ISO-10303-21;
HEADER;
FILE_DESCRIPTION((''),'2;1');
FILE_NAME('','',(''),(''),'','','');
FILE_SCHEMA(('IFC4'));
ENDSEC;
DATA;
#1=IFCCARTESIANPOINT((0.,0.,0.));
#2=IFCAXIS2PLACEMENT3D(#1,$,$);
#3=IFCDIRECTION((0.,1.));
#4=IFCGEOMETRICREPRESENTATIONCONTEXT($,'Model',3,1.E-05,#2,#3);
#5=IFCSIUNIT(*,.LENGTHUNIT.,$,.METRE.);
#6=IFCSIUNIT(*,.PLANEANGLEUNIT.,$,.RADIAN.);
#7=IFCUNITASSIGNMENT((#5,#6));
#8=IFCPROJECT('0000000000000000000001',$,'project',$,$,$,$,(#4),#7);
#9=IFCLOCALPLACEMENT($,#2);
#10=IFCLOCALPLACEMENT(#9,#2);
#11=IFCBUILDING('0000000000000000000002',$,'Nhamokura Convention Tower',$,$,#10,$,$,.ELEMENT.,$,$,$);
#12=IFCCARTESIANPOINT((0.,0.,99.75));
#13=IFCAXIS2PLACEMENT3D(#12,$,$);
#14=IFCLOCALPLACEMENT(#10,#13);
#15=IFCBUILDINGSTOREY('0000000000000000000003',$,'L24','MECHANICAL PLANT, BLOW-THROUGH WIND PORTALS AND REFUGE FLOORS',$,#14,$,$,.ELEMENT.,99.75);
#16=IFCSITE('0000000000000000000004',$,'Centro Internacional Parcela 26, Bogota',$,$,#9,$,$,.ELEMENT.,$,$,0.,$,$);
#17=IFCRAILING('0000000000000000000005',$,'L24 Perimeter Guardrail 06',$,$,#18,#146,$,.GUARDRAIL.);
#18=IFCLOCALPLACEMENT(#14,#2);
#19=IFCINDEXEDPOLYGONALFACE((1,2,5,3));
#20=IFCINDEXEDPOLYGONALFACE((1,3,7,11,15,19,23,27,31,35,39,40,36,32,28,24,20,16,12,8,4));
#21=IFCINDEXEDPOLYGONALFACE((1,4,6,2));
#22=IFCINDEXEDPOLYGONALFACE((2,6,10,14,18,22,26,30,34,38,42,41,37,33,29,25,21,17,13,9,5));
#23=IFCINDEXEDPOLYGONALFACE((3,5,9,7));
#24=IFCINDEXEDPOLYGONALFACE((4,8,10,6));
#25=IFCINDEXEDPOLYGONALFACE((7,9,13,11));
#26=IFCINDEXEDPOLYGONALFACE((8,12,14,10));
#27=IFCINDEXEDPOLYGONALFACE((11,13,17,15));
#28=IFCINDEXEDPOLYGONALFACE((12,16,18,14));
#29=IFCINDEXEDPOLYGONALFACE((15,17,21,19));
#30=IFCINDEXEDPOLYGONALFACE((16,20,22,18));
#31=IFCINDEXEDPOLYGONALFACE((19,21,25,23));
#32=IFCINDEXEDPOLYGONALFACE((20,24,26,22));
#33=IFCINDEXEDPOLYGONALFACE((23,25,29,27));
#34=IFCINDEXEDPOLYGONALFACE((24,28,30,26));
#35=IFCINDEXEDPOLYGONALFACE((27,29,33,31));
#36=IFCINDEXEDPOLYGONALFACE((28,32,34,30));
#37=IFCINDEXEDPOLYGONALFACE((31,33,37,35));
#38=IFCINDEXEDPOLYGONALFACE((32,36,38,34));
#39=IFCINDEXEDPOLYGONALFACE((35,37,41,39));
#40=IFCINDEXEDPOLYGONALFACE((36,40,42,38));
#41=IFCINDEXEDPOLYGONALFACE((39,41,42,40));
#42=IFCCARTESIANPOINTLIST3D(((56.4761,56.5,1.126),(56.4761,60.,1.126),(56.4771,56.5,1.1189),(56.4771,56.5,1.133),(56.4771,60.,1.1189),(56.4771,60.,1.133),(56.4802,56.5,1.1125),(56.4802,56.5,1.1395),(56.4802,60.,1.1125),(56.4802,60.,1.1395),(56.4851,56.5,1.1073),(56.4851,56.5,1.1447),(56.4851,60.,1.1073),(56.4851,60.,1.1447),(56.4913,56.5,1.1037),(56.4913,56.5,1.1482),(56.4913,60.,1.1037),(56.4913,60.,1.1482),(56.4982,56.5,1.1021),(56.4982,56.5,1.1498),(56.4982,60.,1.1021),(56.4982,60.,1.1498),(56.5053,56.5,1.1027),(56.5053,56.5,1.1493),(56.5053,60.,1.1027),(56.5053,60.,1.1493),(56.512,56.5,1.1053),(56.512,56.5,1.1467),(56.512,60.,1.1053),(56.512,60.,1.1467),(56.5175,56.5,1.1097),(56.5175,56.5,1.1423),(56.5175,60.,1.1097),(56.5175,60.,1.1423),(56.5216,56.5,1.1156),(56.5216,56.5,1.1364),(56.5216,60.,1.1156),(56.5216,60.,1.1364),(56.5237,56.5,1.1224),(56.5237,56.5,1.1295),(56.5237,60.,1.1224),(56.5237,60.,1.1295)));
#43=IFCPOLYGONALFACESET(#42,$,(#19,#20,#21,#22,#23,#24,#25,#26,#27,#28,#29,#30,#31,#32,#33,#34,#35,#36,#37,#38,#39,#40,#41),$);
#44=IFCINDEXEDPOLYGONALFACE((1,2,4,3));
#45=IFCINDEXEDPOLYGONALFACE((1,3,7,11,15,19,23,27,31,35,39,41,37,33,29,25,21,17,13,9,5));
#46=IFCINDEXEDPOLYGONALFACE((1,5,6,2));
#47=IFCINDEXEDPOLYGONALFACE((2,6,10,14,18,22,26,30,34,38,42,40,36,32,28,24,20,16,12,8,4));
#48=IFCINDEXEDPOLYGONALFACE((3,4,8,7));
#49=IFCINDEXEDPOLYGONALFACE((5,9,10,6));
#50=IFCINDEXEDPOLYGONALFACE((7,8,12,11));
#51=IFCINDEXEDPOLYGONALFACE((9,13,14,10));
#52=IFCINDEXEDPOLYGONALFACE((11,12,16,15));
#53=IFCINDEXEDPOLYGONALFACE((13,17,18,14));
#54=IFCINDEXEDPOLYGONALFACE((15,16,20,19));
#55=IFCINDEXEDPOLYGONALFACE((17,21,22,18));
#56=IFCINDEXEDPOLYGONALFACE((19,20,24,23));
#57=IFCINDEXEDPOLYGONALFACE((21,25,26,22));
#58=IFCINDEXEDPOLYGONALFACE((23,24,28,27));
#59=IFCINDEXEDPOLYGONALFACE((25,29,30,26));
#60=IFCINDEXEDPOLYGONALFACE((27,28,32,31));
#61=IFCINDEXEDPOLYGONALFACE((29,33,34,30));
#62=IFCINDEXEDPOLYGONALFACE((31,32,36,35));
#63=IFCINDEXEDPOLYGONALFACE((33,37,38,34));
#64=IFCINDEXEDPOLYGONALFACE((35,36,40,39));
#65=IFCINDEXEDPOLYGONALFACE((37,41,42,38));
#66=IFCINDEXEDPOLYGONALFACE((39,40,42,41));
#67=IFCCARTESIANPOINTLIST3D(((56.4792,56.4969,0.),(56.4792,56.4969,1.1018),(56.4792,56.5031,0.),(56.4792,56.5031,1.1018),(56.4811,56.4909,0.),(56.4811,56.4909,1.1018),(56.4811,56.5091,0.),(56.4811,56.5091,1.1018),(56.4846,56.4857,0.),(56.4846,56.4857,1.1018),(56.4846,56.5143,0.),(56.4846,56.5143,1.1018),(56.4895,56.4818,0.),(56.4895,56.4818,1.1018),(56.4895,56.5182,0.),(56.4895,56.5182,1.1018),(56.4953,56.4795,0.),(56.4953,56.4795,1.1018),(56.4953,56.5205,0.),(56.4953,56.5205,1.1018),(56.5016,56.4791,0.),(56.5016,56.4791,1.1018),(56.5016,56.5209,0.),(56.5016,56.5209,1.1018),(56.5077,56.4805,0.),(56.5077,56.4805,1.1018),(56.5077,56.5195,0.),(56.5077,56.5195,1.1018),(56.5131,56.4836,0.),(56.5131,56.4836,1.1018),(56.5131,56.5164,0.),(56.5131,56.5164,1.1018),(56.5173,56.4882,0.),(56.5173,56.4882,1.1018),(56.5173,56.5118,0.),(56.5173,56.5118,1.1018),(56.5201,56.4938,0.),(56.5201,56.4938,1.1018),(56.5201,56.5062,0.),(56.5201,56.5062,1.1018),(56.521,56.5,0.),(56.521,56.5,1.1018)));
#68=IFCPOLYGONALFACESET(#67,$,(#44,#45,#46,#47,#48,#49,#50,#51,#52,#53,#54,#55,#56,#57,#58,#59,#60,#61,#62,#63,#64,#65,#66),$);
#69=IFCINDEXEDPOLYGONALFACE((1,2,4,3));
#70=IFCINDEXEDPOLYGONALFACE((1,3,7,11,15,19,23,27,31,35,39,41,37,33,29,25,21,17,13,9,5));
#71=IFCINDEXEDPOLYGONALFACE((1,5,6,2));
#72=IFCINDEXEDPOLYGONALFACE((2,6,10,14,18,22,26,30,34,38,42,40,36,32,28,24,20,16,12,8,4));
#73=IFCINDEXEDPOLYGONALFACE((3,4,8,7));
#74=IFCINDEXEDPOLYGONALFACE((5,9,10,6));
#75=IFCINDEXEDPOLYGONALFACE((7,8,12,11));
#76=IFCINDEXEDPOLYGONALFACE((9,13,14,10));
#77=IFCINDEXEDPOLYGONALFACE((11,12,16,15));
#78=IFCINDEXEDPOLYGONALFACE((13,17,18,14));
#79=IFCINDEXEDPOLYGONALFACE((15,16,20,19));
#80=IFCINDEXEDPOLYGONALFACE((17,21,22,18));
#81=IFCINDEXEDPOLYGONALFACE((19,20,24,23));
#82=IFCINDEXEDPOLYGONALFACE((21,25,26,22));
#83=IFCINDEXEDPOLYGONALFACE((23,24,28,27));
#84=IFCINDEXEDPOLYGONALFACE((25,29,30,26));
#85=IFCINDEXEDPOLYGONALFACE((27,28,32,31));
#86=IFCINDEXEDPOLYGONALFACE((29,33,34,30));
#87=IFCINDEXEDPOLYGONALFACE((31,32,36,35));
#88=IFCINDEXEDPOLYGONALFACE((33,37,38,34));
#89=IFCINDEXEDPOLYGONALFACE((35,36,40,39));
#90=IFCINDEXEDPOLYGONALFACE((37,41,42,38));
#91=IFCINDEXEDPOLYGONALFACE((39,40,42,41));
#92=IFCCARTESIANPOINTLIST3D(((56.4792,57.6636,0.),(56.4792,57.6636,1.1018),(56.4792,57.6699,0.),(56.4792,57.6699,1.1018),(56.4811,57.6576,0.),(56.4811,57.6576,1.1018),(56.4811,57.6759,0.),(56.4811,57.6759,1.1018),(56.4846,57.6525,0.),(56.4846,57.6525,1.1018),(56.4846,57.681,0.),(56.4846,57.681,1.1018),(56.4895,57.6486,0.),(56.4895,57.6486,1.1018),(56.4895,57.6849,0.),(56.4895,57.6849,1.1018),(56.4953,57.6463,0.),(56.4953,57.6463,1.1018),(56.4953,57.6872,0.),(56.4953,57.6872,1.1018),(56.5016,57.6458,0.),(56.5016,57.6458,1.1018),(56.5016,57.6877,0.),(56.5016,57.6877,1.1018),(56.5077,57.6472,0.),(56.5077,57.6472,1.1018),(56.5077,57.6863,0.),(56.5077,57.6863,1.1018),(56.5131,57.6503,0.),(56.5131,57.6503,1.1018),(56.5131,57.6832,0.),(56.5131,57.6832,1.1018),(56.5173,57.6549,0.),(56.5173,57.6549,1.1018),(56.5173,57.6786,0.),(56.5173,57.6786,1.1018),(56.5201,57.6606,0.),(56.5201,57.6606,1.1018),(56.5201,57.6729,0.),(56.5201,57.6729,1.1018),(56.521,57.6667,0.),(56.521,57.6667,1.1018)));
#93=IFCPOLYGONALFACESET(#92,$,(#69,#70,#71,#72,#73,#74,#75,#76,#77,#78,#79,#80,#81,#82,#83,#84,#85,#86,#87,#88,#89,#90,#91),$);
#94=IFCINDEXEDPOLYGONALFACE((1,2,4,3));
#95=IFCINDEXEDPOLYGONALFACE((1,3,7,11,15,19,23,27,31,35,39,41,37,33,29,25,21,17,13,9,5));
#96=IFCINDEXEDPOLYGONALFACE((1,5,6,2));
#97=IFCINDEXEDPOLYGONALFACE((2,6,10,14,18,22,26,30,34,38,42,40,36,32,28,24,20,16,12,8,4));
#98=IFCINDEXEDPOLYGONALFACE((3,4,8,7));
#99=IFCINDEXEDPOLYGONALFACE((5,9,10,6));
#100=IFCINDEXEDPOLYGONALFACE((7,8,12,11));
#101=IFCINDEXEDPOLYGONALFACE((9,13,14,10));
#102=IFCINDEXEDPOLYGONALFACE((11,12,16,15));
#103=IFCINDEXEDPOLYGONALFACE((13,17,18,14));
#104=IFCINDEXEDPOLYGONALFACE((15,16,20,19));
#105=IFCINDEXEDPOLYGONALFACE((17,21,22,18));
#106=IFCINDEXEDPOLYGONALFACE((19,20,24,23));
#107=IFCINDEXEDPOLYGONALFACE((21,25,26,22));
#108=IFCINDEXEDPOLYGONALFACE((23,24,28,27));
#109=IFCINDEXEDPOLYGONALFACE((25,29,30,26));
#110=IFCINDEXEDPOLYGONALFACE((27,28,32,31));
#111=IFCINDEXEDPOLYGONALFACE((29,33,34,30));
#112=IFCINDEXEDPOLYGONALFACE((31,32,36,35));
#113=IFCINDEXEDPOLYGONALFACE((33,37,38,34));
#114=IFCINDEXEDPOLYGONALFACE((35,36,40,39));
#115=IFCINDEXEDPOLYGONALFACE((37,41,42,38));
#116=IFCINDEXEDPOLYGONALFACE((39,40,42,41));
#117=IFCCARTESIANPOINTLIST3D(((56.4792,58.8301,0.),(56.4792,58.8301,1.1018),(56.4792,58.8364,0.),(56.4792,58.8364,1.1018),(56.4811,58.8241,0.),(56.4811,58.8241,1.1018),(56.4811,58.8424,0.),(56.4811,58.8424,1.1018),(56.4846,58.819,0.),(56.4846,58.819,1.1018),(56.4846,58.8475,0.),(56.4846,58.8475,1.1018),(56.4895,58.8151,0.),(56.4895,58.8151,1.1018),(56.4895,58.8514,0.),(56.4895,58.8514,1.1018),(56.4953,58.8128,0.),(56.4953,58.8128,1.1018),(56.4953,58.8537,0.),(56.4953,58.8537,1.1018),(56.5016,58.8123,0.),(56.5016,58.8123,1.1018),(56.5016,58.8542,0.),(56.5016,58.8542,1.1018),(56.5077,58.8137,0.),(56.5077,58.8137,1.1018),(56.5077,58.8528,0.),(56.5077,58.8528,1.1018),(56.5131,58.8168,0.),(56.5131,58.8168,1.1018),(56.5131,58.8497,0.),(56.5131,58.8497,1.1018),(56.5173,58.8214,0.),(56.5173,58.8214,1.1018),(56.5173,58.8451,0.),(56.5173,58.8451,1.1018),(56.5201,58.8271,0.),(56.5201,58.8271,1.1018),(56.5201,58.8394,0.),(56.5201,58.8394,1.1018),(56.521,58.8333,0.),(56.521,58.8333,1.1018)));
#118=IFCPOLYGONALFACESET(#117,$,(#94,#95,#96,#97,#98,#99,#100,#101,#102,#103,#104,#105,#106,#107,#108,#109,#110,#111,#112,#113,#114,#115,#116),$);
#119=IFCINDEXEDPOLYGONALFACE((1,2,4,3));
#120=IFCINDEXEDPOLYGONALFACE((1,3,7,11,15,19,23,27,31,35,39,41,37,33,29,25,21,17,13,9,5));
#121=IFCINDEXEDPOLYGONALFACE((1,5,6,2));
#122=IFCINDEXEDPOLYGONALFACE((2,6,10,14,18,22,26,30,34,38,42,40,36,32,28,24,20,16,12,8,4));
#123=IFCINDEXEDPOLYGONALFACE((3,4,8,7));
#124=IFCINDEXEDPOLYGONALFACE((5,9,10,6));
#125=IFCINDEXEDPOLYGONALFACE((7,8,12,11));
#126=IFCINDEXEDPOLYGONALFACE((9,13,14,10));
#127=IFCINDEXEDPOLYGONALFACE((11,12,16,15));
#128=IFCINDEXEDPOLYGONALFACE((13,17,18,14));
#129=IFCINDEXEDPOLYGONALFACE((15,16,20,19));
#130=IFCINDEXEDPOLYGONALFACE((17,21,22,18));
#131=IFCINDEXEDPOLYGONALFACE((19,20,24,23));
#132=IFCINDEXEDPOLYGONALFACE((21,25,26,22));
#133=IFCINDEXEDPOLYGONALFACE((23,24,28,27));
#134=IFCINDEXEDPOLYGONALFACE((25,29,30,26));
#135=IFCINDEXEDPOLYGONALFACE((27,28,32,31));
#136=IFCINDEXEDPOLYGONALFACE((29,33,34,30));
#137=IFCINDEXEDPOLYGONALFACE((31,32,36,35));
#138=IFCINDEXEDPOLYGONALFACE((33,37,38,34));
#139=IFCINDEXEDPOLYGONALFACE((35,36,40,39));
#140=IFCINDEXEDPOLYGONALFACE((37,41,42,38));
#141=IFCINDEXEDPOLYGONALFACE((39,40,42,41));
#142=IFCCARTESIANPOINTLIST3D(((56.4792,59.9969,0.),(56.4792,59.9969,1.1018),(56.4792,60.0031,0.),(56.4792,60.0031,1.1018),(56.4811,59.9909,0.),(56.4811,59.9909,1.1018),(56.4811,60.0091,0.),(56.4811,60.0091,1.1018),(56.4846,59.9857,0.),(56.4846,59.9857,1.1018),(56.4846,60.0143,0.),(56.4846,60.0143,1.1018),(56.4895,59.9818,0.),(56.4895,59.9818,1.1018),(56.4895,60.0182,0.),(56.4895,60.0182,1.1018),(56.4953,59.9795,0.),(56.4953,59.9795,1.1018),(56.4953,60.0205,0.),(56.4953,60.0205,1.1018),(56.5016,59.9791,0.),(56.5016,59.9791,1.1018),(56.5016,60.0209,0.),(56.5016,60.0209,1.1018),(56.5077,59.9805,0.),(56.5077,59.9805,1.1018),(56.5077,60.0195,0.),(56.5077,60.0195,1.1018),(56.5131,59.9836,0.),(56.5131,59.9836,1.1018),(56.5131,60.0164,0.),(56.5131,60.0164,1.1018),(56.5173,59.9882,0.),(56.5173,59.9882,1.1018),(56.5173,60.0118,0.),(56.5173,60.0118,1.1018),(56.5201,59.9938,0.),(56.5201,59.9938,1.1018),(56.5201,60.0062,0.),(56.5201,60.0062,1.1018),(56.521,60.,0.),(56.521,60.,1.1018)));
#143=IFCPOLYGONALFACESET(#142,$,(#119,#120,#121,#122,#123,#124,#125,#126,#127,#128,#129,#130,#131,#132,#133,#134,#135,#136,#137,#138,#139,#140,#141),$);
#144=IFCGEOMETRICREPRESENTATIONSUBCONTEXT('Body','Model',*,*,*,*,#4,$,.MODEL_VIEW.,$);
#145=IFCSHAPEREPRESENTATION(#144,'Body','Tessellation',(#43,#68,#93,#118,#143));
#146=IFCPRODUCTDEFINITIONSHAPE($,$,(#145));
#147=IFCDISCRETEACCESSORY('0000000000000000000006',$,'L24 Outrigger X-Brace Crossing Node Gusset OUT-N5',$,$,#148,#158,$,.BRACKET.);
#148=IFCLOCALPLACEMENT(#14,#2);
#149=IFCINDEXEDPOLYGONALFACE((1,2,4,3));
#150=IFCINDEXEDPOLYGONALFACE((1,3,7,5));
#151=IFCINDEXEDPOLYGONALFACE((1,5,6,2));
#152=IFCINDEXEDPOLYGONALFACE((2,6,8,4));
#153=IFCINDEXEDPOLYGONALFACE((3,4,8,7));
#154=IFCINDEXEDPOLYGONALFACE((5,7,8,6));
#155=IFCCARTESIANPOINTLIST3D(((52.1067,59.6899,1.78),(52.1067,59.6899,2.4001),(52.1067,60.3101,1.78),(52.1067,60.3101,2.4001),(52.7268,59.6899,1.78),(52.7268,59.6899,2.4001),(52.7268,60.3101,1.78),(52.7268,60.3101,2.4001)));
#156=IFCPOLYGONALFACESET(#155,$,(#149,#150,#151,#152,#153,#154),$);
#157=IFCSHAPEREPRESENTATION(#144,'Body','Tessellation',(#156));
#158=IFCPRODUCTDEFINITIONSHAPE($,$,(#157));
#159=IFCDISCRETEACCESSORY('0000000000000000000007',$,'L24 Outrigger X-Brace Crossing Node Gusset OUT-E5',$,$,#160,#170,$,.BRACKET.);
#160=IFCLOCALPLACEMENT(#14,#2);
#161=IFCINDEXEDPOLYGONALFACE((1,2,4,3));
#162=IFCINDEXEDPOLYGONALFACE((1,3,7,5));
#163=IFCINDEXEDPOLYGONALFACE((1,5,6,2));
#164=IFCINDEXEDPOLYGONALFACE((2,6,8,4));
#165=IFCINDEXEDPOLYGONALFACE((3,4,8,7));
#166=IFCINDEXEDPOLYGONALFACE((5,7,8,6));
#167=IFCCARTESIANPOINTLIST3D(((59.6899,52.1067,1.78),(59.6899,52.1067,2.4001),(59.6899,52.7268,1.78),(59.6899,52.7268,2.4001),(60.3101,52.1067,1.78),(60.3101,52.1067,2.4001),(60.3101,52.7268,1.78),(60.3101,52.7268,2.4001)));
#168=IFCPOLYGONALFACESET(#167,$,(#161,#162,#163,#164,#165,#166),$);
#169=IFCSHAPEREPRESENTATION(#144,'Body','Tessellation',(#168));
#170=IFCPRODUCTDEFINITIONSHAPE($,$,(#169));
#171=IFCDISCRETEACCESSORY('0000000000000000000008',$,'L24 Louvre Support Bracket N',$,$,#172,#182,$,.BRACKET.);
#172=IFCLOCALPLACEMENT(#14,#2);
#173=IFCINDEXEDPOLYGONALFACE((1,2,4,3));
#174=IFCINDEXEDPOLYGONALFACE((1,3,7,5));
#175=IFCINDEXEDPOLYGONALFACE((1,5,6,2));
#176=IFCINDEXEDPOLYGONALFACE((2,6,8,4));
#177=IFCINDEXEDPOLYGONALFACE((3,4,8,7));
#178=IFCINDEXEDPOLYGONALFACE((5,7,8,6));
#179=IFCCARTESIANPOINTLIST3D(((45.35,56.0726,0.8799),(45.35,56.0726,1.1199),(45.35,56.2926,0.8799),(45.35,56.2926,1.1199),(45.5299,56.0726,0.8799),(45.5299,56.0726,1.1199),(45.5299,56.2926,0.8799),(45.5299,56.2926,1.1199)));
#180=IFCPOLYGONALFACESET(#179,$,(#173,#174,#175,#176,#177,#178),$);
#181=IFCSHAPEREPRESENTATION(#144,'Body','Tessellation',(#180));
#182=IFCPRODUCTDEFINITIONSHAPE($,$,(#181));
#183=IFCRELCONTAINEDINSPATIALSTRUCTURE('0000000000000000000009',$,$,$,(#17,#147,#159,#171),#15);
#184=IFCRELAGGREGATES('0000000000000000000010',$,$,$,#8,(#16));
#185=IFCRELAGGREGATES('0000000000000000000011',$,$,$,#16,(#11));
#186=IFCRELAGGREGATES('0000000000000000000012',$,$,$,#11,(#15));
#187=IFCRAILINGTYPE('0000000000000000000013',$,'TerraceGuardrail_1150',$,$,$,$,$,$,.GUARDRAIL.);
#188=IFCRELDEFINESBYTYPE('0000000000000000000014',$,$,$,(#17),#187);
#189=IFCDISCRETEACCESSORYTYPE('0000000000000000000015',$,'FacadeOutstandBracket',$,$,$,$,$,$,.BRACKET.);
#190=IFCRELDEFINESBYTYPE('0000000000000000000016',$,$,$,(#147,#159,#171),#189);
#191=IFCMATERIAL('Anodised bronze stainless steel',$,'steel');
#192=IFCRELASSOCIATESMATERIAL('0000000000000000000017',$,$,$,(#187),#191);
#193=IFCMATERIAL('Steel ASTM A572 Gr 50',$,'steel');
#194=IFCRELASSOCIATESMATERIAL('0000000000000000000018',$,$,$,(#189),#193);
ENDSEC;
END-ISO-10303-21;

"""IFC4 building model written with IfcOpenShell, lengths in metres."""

from ifc_helpers import new_model, si_unit, direction, frame, origin, origin_2d, place, context, subcontext, project, spatial, rectangle, circle, extrude, material, type_object, element, save


model = new_model("IFC4")

# Units and contexts
model_context = context("Model", 3, precision=1e-05, world=origin(), true_north=direction((0.0, 1.0)))
body_context = subcontext(model_context, "Body", "Model", "MODEL_VIEW")
ifc_project = project(units=[si_unit("LENGTHUNIT", "METRE"), si_unit("PLANEANGLEUNIT", "RADIAN")], contexts=[model_context])

# Site, building, storey
site_placement = place(None, origin())
site = spatial("IfcSite", under=ifc_project, at=site_placement, Name="Centro Internacional Parcela 26, Bogota", CompositionType="ELEMENT", RefElevation=0.0)
building_placement = place(site_placement, origin())
building = spatial("IfcBuilding", under=site, at=building_placement, Name="Nhamokura Convention Tower", CompositionType="ELEMENT")
storey_placement = place(building_placement, frame((0.0, 0.0, 99.75)))
storey = spatial("IfcBuildingStorey", under=building, at=storey_placement, Name="L24", Description="MECHANICAL PLANT, BLOW-THROUGH WIND PORTALS AND REFUGE FLOORS", CompositionType="ELEMENT", Elevation=99.75)

# Railing
ifc_material_1 = material(Name="Anodised bronze stainless steel", Category="steel")
railing_type = type_object("IfcRailingType", Name="TerraceGuardrail_1150", PredefinedType="GUARDRAIL", material=ifc_material_1)
railing_1_placement = place(storey_placement, frame((56.5, 56.5, 0.0)))
element("IfcRailing", 1, at=railing_1_placement, inside=storey, type_object=railing_type, Name="L24 Perimeter Guardrail 06", PredefinedType="GUARDRAIL", context=body_context, shape_type="SweptSolid", body=[
    extrude(circle(Radius=0.0239, at=origin_2d()), frame((0.0, 0.0, 1.126), z_axis=(0.0, 1.0, 0.0), x_axis=(-1.0, 0.0, 0.0)), (0.0, 0.0, 1.0), 3.5),
    extrude(circle(Radius=0.021, at=origin_2d()), origin(), (0.0, 0.0, 1.0), 1.1018),
    extrude(circle(Radius=0.021, at=origin_2d()), frame((0.0, 1.1667, 0.0)), (0.0, 0.0, 1.0), 1.1018),
    extrude(circle(Radius=0.021, at=origin_2d()), frame((0.0, 2.3333, 0.0)), (0.0, 0.0, 1.0), 1.1018),
    extrude(circle(Radius=0.021, at=origin_2d()), frame((0.0, 3.5, 0.0)), (0.0, 0.0, 1.0), 1.1018),
])

# Discrete accessories
ifc_material_2 = material(Name="Steel ASTM A572 Gr 50", Category="steel")
discrete_accessory_type = type_object("IfcDiscreteAccessoryType", Name="FacadeOutstandBracket", PredefinedType="BRACKET", material=ifc_material_2)
for number, where, z_axis, x_axis, name in (
    (2, (52.4167, 60.0, 1.78), (0.0, 0.0, 1.0), (1.0, 0.0, 0.0), "L24 Outrigger X-Brace Crossing Node Gusset OUT-N5"),
    (3, (60.0, 52.4167, 1.78), (0.0, 0.0, 1.0), (1.0, 0.0, 0.0), "L24 Outrigger X-Brace Crossing Node Gusset OUT-E5"),
):
    element("IfcDiscreteAccessory", number, at=place(storey_placement, frame(where, z_axis=z_axis, x_axis=x_axis)), inside=storey, type_object=discrete_accessory_type, Name=name, PredefinedType="BRACKET", context=body_context, shape_type="SweptSolid", body=[
        extrude(rectangle(XDim=0.6201, YDim=0.6201, at=origin_2d()), origin(), (0.0, 0.0, 1.0), 0.6201),
    ])
discrete_accessory_placement = place(storey_placement, frame((45.4399, 56.1826, 0.8799), z_axis=(0.0, 0.0, 1.0), x_axis=(1.0, 0.0, 0.0)))
element("IfcDiscreteAccessory", 4, at=discrete_accessory_placement, inside=storey, type_object=discrete_accessory_type, Name="L24 Louvre Support Bracket N", PredefinedType="BRACKET", context=body_context, shape_type="SweptSolid", body=[
    extrude(rectangle(XDim=0.1799, YDim=0.22, at=origin_2d()), origin(), (0.0, 0.0, 1.0), 0.24),
])

save(model, "model.ifc")
